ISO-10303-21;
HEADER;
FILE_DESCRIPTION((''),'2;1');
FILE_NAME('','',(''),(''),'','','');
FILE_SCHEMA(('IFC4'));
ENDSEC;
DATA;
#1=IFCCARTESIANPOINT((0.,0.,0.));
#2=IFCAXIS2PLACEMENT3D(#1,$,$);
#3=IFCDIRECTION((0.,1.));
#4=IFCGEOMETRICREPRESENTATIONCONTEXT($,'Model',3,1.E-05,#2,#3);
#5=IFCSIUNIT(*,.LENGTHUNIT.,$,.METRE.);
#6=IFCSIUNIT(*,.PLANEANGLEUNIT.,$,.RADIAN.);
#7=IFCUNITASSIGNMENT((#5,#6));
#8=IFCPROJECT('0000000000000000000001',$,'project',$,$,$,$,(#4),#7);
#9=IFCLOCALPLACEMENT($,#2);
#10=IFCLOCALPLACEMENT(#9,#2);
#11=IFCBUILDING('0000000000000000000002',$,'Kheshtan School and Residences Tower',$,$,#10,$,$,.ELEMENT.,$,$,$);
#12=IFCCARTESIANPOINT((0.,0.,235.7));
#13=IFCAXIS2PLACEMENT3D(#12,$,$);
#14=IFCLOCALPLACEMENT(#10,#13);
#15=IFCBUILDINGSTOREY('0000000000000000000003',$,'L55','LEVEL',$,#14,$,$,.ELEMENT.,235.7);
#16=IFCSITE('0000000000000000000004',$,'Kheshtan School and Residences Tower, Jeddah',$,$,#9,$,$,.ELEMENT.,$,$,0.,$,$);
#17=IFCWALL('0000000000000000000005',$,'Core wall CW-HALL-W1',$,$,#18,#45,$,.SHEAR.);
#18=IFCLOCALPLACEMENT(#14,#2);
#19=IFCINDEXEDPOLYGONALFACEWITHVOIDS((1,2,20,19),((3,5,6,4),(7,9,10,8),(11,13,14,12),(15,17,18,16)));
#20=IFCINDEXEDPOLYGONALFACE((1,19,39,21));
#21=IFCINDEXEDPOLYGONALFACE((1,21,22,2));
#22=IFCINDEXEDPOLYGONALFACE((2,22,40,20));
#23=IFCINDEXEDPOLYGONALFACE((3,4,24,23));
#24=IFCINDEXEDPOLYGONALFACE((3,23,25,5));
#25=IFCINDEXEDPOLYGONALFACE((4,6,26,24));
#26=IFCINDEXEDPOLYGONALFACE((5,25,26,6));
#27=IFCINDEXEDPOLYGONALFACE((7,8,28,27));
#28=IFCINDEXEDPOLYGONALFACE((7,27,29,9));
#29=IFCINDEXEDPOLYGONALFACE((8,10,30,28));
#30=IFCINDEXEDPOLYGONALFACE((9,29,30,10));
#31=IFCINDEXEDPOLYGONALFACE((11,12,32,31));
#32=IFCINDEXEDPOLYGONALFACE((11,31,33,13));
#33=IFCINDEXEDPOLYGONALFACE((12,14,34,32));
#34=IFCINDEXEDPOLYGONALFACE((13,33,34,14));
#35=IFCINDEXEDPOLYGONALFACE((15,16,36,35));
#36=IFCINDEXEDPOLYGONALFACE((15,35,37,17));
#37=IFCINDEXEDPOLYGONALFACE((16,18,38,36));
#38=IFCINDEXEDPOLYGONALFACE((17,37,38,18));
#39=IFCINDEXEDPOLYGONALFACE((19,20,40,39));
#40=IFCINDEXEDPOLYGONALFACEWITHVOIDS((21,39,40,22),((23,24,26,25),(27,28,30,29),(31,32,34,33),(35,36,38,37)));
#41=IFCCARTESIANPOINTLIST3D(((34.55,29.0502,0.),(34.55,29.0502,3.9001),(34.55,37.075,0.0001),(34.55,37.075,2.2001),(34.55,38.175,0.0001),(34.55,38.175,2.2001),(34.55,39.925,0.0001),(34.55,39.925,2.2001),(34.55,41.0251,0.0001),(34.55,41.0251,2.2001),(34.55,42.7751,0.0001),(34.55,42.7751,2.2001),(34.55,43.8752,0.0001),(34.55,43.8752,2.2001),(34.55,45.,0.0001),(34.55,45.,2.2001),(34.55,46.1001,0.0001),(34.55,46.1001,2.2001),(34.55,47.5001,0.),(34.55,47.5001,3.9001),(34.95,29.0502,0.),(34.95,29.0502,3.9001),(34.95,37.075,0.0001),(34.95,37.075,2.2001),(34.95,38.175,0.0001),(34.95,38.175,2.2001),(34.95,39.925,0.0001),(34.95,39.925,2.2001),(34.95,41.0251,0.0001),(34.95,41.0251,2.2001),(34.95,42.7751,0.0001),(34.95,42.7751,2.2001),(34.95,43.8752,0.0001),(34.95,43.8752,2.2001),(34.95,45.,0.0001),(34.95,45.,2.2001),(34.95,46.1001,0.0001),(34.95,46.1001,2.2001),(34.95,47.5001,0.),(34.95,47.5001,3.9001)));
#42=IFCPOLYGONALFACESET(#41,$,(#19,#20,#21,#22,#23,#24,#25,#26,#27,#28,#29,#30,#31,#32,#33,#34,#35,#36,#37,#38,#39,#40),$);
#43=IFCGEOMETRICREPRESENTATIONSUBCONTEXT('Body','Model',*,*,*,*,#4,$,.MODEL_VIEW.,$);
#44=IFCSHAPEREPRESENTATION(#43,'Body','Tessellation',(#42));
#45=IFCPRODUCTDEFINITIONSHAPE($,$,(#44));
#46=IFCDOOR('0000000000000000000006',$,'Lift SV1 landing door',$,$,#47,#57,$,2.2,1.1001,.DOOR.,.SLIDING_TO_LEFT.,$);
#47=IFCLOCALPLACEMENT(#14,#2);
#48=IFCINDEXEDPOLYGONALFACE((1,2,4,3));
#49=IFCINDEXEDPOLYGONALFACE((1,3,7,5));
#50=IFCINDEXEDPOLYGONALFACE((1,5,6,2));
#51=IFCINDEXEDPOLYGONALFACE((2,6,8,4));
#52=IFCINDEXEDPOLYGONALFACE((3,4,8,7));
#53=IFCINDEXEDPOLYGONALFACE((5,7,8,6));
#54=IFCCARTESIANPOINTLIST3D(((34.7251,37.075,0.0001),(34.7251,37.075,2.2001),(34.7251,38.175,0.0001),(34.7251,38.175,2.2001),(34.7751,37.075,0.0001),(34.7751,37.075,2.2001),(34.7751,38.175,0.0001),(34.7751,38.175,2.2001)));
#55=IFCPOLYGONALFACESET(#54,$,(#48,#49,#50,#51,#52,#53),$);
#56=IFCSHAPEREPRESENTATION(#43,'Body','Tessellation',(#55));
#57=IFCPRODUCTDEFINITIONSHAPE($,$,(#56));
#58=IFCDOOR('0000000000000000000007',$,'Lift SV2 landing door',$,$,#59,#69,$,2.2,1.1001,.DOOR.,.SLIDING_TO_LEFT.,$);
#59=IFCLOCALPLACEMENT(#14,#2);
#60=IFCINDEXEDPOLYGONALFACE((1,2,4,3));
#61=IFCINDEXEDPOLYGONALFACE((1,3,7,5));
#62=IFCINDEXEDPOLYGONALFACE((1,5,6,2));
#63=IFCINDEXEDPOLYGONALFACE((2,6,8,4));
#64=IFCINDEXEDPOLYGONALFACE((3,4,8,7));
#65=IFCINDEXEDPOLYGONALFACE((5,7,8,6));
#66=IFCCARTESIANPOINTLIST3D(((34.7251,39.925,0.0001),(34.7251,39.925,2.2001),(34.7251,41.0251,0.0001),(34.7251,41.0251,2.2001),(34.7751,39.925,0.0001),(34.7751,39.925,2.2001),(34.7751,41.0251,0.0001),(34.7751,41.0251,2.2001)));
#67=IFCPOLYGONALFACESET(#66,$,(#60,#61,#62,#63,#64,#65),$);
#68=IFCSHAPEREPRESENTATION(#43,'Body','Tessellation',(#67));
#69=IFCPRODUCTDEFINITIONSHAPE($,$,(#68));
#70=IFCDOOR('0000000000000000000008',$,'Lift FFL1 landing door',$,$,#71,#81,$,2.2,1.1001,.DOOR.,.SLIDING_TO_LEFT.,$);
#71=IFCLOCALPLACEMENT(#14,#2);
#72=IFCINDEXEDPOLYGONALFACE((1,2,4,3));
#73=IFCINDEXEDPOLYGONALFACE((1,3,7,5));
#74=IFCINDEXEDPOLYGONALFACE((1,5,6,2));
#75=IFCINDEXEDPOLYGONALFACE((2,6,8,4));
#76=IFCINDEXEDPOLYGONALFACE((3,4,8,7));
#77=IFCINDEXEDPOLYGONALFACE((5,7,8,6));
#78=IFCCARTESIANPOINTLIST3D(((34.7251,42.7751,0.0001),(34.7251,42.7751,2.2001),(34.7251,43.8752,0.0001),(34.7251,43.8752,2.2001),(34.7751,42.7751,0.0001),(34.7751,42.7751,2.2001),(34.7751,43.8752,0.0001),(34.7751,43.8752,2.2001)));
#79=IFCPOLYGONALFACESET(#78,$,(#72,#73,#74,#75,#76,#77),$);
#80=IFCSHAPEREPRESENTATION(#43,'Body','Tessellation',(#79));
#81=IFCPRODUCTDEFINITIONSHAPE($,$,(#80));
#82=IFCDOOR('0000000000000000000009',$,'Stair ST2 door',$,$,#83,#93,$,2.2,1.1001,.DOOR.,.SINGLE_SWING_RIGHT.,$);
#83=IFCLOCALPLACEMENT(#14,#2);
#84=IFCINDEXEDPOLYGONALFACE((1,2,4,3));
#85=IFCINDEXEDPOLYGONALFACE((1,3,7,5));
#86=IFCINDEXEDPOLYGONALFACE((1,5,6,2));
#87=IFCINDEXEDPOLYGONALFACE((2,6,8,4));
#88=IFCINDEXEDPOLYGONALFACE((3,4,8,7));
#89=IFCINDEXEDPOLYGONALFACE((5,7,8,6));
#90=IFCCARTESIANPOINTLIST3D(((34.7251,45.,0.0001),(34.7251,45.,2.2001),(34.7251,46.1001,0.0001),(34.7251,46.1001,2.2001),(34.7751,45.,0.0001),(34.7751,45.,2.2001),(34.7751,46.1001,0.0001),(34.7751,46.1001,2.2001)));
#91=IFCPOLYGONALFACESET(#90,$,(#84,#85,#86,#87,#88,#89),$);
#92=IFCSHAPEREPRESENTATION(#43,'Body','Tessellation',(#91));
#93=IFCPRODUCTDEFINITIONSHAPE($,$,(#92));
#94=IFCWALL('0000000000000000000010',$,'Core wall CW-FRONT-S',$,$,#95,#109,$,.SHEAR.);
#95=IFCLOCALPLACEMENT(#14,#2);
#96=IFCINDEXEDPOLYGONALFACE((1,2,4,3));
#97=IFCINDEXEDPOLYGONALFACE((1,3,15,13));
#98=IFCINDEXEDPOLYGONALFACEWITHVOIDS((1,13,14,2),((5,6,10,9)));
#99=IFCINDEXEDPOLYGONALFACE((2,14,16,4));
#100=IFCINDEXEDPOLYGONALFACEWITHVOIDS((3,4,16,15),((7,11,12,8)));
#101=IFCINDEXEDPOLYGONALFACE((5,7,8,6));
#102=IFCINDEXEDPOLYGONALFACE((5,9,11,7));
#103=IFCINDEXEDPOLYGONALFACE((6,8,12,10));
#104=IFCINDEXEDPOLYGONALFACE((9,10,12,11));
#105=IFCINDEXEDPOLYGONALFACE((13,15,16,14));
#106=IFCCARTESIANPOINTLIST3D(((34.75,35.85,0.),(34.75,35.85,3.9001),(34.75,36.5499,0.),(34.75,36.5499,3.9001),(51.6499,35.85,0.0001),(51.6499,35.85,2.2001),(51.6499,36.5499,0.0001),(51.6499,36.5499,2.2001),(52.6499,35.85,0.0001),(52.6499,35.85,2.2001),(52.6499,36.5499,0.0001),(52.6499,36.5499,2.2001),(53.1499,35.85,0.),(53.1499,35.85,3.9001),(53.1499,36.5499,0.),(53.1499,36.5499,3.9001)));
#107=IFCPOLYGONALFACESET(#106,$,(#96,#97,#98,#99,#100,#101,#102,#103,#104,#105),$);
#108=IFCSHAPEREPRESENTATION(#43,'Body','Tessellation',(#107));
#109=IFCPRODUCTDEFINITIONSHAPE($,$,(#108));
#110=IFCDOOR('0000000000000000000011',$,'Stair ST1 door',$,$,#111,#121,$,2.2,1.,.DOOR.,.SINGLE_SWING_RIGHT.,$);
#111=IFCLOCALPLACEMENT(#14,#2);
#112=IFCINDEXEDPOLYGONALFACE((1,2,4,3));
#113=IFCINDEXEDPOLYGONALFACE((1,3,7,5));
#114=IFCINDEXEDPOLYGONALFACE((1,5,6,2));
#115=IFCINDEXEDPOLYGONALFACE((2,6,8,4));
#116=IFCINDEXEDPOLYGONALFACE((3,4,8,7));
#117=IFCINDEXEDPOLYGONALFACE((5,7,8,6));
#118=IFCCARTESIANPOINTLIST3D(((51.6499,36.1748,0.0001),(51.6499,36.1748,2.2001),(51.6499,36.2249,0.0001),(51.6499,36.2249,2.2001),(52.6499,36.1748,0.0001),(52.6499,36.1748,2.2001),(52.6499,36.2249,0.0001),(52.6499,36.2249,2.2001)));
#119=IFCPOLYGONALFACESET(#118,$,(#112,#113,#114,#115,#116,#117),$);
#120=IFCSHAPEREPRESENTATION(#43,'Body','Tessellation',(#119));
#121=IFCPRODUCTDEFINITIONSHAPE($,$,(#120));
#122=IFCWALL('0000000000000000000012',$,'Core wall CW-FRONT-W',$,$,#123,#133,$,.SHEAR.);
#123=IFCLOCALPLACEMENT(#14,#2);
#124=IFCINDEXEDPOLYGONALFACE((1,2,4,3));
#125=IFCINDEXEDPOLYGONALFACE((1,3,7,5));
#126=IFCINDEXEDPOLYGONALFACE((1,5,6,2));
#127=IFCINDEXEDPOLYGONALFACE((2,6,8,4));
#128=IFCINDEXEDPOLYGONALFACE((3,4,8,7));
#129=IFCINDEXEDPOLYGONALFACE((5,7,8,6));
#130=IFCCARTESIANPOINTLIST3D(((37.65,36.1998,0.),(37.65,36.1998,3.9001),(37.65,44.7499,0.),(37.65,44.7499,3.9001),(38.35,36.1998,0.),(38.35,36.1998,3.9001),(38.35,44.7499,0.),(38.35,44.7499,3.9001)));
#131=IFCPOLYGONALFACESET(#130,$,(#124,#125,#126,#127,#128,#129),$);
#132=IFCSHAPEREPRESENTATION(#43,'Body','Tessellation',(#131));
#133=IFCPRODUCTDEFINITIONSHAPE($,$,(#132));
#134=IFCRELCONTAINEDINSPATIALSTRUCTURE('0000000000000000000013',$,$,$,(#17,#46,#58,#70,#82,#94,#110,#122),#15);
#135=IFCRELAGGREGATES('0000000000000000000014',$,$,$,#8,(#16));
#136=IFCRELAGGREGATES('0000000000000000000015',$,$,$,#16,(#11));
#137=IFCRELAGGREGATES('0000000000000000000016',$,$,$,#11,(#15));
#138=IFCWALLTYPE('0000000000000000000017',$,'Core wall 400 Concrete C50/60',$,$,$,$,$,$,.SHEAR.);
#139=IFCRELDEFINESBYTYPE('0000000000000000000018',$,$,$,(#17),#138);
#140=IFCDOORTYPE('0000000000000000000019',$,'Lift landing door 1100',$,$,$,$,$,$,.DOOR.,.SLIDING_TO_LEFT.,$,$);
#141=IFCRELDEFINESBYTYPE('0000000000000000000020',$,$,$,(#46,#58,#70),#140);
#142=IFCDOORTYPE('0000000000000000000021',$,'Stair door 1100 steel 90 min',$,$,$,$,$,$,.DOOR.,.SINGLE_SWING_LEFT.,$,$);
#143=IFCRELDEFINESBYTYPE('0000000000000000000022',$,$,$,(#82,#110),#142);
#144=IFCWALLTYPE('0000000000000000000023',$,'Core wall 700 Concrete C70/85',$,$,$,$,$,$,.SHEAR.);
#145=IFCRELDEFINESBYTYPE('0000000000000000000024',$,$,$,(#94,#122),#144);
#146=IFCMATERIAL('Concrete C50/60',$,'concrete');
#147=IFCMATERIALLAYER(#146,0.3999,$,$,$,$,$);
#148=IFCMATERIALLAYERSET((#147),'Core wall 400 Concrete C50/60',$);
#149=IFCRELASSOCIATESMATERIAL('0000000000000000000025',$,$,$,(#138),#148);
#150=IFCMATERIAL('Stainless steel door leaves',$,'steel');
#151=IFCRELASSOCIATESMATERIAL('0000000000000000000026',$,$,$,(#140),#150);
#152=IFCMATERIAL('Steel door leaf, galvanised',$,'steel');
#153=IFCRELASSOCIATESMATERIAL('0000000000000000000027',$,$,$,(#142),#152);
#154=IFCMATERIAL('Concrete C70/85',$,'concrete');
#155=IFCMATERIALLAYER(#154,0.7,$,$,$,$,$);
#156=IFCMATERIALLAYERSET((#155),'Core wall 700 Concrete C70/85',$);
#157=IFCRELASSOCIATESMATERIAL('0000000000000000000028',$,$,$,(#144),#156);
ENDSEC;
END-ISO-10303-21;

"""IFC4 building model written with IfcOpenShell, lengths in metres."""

from ifc_helpers import new_model, si_unit, direction, frame, frame_2d, origin, place, context, subcontext, project, spatial, rectangle, extrude, source, transform, mapped, material, layer, layer_set, type_object, element, fill, save


model = new_model("IFC4")

# Units and contexts
model_context = context("Model", 3, precision=1e-05, world=origin(), true_north=direction((0.0, 1.0)))
body_context = subcontext(model_context, "Body", "Model", "MODEL_VIEW")
ifc_project = project(units=[si_unit("LENGTHUNIT", "METRE"), si_unit("PLANEANGLEUNIT", "RADIAN")], contexts=[model_context])

# Site, building, storey
site_placement = place(None, origin())
site = spatial("IfcSite", under=ifc_project, at=site_placement, Name="Kheshtan School and Residences Tower, Jeddah", CompositionType="ELEMENT", RefElevation=0.0)
building_placement = place(site_placement, origin())
building = spatial("IfcBuilding", under=site, at=building_placement, Name="Kheshtan School and Residences Tower", CompositionType="ELEMENT")
storey_placement = place(building_placement, frame((0.0, 0.0, 235.7)))
storey = spatial("IfcBuildingStorey", under=building, at=storey_placement, Name="L55", Description="LEVEL", CompositionType="ELEMENT", Elevation=235.7)

# Shared definitions
ifc_material_1 = material(Name="Concrete C50/60", Category="concrete")
ifc_layer_1 = layer(ifc_material_1, 0.3999)
ifc_layer_set_1 = layer_set([ifc_layer_1], Name="Core wall 400 Concrete C50/60")
wall_type_1 = type_object("IfcWallType", Name="Core wall 400 Concrete C50/60", PredefinedType="SHEAR", material=ifc_layer_set_1)
ifc_material_2 = material(Name="Stainless steel door leaves", Category="steel")
door_type_1 = type_object("IfcDoorType", Name="Lift landing door 1100", OperationType="SLIDING_TO_LEFT", PredefinedType="DOOR", material=ifc_material_2)
shared_shape_1 = source(origin(), body_context, "Body", "SweptSolid", [
    extrude(rectangle(XDim=1.1001, YDim=2.2, at=frame_2d((0.55, 1.1001))), frame((0.0, 0.0249, 0.0), z_axis=(0.0, -1.0, 0.0), x_axis=(1.0, 0.0, 0.0)), (0.0, 0.0, 1.0), 0.05),
])

# Wall, openings, doors
wall_1_placement = place(storey_placement, frame((34.75, 29.05, 0.0), z_axis=(0.0, 0.0, 1.0), x_axis=(0.0, 1.0, 0.0)))
wall_1 = element("IfcWall", 1, at=wall_1_placement, inside=storey, type_object=wall_type_1, Name="Core wall CW-HALL-W1", PredefinedType="SHEAR", context=body_context, shape_type="SweptSolid", body=[
    extrude(rectangle(XDim=18.45, YDim=0.3999, at=frame_2d((9.2251, 0.0))), origin(), (0.0, 0.0, 1.0), 3.9001),
])
opening_1_placement = place(wall_1_placement, frame((8.0249, 0.0, 0.0)))
opening_1 = element("IfcOpeningElement", 2, at=opening_1_placement, cuts=wall_1, PredefinedType="OPENING", context=body_context, shape_type="SweptSolid", body=[
    extrude(rectangle(XDim=1.1001, YDim=2.2, at=frame_2d((0.55, 1.1001))), frame((0.0, 0.21, 0.0), z_axis=(0.0, -1.0, 0.0), x_axis=(1.0, 0.0, 0.0)), (0.0, 0.0, 1.0), 0.4199),
])
opening_2_placement = place(wall_1_placement, frame((10.875, 0.0, 0.0)))
opening_2 = element("IfcOpeningElement", 3, at=opening_2_placement, cuts=wall_1, PredefinedType="OPENING", context=body_context, shape_type="SweptSolid", body=[
    extrude(rectangle(XDim=1.1001, YDim=2.2, at=frame_2d((0.55, 1.1001))), frame((0.0, 0.21, 0.0), z_axis=(0.0, -1.0, 0.0), x_axis=(1.0, 0.0, 0.0)), (0.0, 0.0, 1.0), 0.4199),
])
opening_3_placement = place(wall_1_placement, frame((13.7251, 0.0, 0.0)))
opening_3 = element("IfcOpeningElement", 4, at=opening_3_placement, cuts=wall_1, PredefinedType="OPENING", context=body_context, shape_type="SweptSolid", body=[
    extrude(rectangle(XDim=1.1001, YDim=2.2, at=frame_2d((0.55, 1.1001))), frame((0.0, 0.21, 0.0), z_axis=(0.0, -1.0, 0.0), x_axis=(1.0, 0.0, 0.0)), (0.0, 0.0, 1.0), 0.4199),
])
opening_4_placement = place(wall_1_placement, frame((15.95, 0.0, 0.0)))
opening_4 = element("IfcOpeningElement", 5, at=opening_4_placement, cuts=wall_1, PredefinedType="OPENING", context=body_context, shape_type="SweptSolid", body=[
    extrude(rectangle(XDim=1.1001, YDim=2.2, at=frame_2d((0.55, 1.1001))), frame((0.0, 0.21, 0.0), z_axis=(0.0, -1.0, 0.0), x_axis=(1.0, 0.0, 0.0)), (0.0, 0.0, 1.0), 0.4199),
])
door_1_placement = place(opening_1_placement, origin())
door_1 = element("IfcDoor", 6, at=door_1_placement, inside=storey, type_object=door_type_1, Name="Lift SV1 landing door", OperationType="SLIDING_TO_LEFT", OverallHeight=2.2, OverallWidth=1.1001, PredefinedType="DOOR", context=body_context, shape_type="MappedRepresentation", body=[
    mapped(shared_shape_1, transform((0.0, 0.0, 0.0), x_axis=(1.0, 0.0, 0.0), y_axis=(0.0, 1.0, 0.0), z_axis=(0.0, 0.0, 1.0), scale=1.0)),
])
fill(opening_1, door_1)
door_2_placement = place(opening_2_placement, origin())
door_2 = element("IfcDoor", 7, at=door_2_placement, inside=storey, type_object=door_type_1, Name="Lift SV2 landing door", OperationType="SLIDING_TO_LEFT", OverallHeight=2.2, OverallWidth=1.1001, PredefinedType="DOOR", context=body_context, shape_type="MappedRepresentation", body=[
    mapped(shared_shape_1, transform((0.0, 0.0, 0.0), x_axis=(1.0, 0.0, 0.0), y_axis=(0.0, 1.0, 0.0), z_axis=(0.0, 0.0, 1.0), scale=1.0)),
])
fill(opening_2, door_2)
door_3_placement = place(opening_3_placement, origin())
door_3 = element("IfcDoor", 8, at=door_3_placement, inside=storey, type_object=door_type_1, Name="Lift FFL1 landing door", OperationType="SLIDING_TO_LEFT", OverallHeight=2.2, OverallWidth=1.1001, PredefinedType="DOOR", context=body_context, shape_type="MappedRepresentation", body=[
    mapped(shared_shape_1, transform((0.0, 0.0, 0.0), x_axis=(1.0, 0.0, 0.0), y_axis=(0.0, 1.0, 0.0), z_axis=(0.0, 0.0, 1.0), scale=1.0)),
])
fill(opening_3, door_3)
ifc_material_3 = material(Name="Steel door leaf, galvanised", Category="steel")
door_type_2 = type_object("IfcDoorType", Name="Stair door 1100 steel 90 min", OperationType="SINGLE_SWING_LEFT", PredefinedType="DOOR", material=ifc_material_3)
shared_shape_2 = source(origin(), body_context, "Body", "SweptSolid", [
    extrude(rectangle(XDim=1.1001, YDim=2.2, at=frame_2d((0.55, 1.1001))), frame((0.0, 0.0249, 0.0), z_axis=(0.0, -1.0, 0.0), x_axis=(1.0, 0.0, 0.0)), (0.0, 0.0, 1.0), 0.05),
])
door_4_placement = place(opening_4_placement, origin())
door_4 = element("IfcDoor", 9, at=door_4_placement, inside=storey, type_object=door_type_2, Name="Stair ST2 door", OperationType="SINGLE_SWING_RIGHT", OverallHeight=2.2, OverallWidth=1.1001, PredefinedType="DOOR", context=body_context, shape_type="MappedRepresentation", body=[
    mapped(shared_shape_2, transform((0.0, 0.0, 0.0), x_axis=(1.0, 0.0, 0.0), y_axis=(0.0, 1.0, 0.0), z_axis=(0.0, 0.0, 1.0), scale=1.0)),
])
fill(opening_4, door_4)

# Wall, opening, door
ifc_material_4 = material(Name="Concrete C70/85", Category="concrete")
ifc_layer_2 = layer(ifc_material_4, 0.7)
ifc_layer_set_2 = layer_set([ifc_layer_2], Name="Core wall 700 Concrete C70/85")
wall_type_2 = type_object("IfcWallType", Name="Core wall 700 Concrete C70/85", PredefinedType="SHEAR", material=ifc_layer_set_2)
wall_2_placement = place(storey_placement, frame((34.75, 36.2, 0.0), z_axis=(0.0, 0.0, 1.0), x_axis=(1.0, 0.0, 0.0)))
wall_2 = element("IfcWall", 10, at=wall_2_placement, inside=storey, type_object=wall_type_2, Name="Core wall CW-FRONT-S", PredefinedType="SHEAR", context=body_context, shape_type="SweptSolid", body=[
    extrude(rectangle(XDim=18.3999, YDim=0.7, at=frame_2d((9.2, 0.0))), origin(), (0.0, 0.0, 1.0), 3.9001),
])
opening_5_placement = place(wall_2_placement, frame((16.8999, 0.0, 0.0)))
opening_5 = element("IfcOpeningElement", 11, at=opening_5_placement, cuts=wall_2, PredefinedType="OPENING", context=body_context, shape_type="SweptSolid", body=[
    extrude(rectangle(XDim=1.0, YDim=2.2, at=frame_2d((0.5, 1.1001))), frame((0.0, 0.3599, 0.0), z_axis=(0.0, -1.0, 0.0), x_axis=(1.0, 0.0, 0.0)), (0.0, 0.0, 1.0), 0.72),
])
shared_shape_3 = source(origin(), body_context, "Body", "SweptSolid", [
    extrude(rectangle(XDim=1.0, YDim=2.2, at=frame_2d((0.5, 1.1001))), frame((0.0, 0.0249, 0.0), z_axis=(0.0, -1.0, 0.0), x_axis=(1.0, 0.0, 0.0)), (0.0, 0.0, 1.0), 0.05),
])
door_5_placement = place(opening_5_placement, origin())
door_5 = element("IfcDoor", 12, at=door_5_placement, inside=storey, type_object=door_type_2, Name="Stair ST1 door", OperationType="SINGLE_SWING_RIGHT", OverallHeight=2.2, OverallWidth=1.0, PredefinedType="DOOR", context=body_context, shape_type="MappedRepresentation", body=[
    mapped(shared_shape_3, transform((0.0, 0.0, 0.0), x_axis=(1.0, 0.0, 0.0), y_axis=(0.0, 1.0, 0.0), z_axis=(0.0, 0.0, 1.0), scale=1.0)),
])
fill(opening_5, door_5)

# Wall
wall_3_placement = place(storey_placement, frame((38.0, 36.2, 0.0), z_axis=(0.0, 0.0, 1.0), x_axis=(0.0, 1.0, 0.0)))
element("IfcWall", 13, at=wall_3_placement, inside=storey, type_object=wall_type_2, Name="Core wall CW-FRONT-W", PredefinedType="SHEAR", context=body_context, shape_type="SweptSolid", body=[
    extrude(rectangle(XDim=8.55, YDim=0.7, at=frame_2d((4.2749, 0.0))), origin(), (0.0, 0.0, 1.0), 3.9001),
])

save(model, "model.ifc")
